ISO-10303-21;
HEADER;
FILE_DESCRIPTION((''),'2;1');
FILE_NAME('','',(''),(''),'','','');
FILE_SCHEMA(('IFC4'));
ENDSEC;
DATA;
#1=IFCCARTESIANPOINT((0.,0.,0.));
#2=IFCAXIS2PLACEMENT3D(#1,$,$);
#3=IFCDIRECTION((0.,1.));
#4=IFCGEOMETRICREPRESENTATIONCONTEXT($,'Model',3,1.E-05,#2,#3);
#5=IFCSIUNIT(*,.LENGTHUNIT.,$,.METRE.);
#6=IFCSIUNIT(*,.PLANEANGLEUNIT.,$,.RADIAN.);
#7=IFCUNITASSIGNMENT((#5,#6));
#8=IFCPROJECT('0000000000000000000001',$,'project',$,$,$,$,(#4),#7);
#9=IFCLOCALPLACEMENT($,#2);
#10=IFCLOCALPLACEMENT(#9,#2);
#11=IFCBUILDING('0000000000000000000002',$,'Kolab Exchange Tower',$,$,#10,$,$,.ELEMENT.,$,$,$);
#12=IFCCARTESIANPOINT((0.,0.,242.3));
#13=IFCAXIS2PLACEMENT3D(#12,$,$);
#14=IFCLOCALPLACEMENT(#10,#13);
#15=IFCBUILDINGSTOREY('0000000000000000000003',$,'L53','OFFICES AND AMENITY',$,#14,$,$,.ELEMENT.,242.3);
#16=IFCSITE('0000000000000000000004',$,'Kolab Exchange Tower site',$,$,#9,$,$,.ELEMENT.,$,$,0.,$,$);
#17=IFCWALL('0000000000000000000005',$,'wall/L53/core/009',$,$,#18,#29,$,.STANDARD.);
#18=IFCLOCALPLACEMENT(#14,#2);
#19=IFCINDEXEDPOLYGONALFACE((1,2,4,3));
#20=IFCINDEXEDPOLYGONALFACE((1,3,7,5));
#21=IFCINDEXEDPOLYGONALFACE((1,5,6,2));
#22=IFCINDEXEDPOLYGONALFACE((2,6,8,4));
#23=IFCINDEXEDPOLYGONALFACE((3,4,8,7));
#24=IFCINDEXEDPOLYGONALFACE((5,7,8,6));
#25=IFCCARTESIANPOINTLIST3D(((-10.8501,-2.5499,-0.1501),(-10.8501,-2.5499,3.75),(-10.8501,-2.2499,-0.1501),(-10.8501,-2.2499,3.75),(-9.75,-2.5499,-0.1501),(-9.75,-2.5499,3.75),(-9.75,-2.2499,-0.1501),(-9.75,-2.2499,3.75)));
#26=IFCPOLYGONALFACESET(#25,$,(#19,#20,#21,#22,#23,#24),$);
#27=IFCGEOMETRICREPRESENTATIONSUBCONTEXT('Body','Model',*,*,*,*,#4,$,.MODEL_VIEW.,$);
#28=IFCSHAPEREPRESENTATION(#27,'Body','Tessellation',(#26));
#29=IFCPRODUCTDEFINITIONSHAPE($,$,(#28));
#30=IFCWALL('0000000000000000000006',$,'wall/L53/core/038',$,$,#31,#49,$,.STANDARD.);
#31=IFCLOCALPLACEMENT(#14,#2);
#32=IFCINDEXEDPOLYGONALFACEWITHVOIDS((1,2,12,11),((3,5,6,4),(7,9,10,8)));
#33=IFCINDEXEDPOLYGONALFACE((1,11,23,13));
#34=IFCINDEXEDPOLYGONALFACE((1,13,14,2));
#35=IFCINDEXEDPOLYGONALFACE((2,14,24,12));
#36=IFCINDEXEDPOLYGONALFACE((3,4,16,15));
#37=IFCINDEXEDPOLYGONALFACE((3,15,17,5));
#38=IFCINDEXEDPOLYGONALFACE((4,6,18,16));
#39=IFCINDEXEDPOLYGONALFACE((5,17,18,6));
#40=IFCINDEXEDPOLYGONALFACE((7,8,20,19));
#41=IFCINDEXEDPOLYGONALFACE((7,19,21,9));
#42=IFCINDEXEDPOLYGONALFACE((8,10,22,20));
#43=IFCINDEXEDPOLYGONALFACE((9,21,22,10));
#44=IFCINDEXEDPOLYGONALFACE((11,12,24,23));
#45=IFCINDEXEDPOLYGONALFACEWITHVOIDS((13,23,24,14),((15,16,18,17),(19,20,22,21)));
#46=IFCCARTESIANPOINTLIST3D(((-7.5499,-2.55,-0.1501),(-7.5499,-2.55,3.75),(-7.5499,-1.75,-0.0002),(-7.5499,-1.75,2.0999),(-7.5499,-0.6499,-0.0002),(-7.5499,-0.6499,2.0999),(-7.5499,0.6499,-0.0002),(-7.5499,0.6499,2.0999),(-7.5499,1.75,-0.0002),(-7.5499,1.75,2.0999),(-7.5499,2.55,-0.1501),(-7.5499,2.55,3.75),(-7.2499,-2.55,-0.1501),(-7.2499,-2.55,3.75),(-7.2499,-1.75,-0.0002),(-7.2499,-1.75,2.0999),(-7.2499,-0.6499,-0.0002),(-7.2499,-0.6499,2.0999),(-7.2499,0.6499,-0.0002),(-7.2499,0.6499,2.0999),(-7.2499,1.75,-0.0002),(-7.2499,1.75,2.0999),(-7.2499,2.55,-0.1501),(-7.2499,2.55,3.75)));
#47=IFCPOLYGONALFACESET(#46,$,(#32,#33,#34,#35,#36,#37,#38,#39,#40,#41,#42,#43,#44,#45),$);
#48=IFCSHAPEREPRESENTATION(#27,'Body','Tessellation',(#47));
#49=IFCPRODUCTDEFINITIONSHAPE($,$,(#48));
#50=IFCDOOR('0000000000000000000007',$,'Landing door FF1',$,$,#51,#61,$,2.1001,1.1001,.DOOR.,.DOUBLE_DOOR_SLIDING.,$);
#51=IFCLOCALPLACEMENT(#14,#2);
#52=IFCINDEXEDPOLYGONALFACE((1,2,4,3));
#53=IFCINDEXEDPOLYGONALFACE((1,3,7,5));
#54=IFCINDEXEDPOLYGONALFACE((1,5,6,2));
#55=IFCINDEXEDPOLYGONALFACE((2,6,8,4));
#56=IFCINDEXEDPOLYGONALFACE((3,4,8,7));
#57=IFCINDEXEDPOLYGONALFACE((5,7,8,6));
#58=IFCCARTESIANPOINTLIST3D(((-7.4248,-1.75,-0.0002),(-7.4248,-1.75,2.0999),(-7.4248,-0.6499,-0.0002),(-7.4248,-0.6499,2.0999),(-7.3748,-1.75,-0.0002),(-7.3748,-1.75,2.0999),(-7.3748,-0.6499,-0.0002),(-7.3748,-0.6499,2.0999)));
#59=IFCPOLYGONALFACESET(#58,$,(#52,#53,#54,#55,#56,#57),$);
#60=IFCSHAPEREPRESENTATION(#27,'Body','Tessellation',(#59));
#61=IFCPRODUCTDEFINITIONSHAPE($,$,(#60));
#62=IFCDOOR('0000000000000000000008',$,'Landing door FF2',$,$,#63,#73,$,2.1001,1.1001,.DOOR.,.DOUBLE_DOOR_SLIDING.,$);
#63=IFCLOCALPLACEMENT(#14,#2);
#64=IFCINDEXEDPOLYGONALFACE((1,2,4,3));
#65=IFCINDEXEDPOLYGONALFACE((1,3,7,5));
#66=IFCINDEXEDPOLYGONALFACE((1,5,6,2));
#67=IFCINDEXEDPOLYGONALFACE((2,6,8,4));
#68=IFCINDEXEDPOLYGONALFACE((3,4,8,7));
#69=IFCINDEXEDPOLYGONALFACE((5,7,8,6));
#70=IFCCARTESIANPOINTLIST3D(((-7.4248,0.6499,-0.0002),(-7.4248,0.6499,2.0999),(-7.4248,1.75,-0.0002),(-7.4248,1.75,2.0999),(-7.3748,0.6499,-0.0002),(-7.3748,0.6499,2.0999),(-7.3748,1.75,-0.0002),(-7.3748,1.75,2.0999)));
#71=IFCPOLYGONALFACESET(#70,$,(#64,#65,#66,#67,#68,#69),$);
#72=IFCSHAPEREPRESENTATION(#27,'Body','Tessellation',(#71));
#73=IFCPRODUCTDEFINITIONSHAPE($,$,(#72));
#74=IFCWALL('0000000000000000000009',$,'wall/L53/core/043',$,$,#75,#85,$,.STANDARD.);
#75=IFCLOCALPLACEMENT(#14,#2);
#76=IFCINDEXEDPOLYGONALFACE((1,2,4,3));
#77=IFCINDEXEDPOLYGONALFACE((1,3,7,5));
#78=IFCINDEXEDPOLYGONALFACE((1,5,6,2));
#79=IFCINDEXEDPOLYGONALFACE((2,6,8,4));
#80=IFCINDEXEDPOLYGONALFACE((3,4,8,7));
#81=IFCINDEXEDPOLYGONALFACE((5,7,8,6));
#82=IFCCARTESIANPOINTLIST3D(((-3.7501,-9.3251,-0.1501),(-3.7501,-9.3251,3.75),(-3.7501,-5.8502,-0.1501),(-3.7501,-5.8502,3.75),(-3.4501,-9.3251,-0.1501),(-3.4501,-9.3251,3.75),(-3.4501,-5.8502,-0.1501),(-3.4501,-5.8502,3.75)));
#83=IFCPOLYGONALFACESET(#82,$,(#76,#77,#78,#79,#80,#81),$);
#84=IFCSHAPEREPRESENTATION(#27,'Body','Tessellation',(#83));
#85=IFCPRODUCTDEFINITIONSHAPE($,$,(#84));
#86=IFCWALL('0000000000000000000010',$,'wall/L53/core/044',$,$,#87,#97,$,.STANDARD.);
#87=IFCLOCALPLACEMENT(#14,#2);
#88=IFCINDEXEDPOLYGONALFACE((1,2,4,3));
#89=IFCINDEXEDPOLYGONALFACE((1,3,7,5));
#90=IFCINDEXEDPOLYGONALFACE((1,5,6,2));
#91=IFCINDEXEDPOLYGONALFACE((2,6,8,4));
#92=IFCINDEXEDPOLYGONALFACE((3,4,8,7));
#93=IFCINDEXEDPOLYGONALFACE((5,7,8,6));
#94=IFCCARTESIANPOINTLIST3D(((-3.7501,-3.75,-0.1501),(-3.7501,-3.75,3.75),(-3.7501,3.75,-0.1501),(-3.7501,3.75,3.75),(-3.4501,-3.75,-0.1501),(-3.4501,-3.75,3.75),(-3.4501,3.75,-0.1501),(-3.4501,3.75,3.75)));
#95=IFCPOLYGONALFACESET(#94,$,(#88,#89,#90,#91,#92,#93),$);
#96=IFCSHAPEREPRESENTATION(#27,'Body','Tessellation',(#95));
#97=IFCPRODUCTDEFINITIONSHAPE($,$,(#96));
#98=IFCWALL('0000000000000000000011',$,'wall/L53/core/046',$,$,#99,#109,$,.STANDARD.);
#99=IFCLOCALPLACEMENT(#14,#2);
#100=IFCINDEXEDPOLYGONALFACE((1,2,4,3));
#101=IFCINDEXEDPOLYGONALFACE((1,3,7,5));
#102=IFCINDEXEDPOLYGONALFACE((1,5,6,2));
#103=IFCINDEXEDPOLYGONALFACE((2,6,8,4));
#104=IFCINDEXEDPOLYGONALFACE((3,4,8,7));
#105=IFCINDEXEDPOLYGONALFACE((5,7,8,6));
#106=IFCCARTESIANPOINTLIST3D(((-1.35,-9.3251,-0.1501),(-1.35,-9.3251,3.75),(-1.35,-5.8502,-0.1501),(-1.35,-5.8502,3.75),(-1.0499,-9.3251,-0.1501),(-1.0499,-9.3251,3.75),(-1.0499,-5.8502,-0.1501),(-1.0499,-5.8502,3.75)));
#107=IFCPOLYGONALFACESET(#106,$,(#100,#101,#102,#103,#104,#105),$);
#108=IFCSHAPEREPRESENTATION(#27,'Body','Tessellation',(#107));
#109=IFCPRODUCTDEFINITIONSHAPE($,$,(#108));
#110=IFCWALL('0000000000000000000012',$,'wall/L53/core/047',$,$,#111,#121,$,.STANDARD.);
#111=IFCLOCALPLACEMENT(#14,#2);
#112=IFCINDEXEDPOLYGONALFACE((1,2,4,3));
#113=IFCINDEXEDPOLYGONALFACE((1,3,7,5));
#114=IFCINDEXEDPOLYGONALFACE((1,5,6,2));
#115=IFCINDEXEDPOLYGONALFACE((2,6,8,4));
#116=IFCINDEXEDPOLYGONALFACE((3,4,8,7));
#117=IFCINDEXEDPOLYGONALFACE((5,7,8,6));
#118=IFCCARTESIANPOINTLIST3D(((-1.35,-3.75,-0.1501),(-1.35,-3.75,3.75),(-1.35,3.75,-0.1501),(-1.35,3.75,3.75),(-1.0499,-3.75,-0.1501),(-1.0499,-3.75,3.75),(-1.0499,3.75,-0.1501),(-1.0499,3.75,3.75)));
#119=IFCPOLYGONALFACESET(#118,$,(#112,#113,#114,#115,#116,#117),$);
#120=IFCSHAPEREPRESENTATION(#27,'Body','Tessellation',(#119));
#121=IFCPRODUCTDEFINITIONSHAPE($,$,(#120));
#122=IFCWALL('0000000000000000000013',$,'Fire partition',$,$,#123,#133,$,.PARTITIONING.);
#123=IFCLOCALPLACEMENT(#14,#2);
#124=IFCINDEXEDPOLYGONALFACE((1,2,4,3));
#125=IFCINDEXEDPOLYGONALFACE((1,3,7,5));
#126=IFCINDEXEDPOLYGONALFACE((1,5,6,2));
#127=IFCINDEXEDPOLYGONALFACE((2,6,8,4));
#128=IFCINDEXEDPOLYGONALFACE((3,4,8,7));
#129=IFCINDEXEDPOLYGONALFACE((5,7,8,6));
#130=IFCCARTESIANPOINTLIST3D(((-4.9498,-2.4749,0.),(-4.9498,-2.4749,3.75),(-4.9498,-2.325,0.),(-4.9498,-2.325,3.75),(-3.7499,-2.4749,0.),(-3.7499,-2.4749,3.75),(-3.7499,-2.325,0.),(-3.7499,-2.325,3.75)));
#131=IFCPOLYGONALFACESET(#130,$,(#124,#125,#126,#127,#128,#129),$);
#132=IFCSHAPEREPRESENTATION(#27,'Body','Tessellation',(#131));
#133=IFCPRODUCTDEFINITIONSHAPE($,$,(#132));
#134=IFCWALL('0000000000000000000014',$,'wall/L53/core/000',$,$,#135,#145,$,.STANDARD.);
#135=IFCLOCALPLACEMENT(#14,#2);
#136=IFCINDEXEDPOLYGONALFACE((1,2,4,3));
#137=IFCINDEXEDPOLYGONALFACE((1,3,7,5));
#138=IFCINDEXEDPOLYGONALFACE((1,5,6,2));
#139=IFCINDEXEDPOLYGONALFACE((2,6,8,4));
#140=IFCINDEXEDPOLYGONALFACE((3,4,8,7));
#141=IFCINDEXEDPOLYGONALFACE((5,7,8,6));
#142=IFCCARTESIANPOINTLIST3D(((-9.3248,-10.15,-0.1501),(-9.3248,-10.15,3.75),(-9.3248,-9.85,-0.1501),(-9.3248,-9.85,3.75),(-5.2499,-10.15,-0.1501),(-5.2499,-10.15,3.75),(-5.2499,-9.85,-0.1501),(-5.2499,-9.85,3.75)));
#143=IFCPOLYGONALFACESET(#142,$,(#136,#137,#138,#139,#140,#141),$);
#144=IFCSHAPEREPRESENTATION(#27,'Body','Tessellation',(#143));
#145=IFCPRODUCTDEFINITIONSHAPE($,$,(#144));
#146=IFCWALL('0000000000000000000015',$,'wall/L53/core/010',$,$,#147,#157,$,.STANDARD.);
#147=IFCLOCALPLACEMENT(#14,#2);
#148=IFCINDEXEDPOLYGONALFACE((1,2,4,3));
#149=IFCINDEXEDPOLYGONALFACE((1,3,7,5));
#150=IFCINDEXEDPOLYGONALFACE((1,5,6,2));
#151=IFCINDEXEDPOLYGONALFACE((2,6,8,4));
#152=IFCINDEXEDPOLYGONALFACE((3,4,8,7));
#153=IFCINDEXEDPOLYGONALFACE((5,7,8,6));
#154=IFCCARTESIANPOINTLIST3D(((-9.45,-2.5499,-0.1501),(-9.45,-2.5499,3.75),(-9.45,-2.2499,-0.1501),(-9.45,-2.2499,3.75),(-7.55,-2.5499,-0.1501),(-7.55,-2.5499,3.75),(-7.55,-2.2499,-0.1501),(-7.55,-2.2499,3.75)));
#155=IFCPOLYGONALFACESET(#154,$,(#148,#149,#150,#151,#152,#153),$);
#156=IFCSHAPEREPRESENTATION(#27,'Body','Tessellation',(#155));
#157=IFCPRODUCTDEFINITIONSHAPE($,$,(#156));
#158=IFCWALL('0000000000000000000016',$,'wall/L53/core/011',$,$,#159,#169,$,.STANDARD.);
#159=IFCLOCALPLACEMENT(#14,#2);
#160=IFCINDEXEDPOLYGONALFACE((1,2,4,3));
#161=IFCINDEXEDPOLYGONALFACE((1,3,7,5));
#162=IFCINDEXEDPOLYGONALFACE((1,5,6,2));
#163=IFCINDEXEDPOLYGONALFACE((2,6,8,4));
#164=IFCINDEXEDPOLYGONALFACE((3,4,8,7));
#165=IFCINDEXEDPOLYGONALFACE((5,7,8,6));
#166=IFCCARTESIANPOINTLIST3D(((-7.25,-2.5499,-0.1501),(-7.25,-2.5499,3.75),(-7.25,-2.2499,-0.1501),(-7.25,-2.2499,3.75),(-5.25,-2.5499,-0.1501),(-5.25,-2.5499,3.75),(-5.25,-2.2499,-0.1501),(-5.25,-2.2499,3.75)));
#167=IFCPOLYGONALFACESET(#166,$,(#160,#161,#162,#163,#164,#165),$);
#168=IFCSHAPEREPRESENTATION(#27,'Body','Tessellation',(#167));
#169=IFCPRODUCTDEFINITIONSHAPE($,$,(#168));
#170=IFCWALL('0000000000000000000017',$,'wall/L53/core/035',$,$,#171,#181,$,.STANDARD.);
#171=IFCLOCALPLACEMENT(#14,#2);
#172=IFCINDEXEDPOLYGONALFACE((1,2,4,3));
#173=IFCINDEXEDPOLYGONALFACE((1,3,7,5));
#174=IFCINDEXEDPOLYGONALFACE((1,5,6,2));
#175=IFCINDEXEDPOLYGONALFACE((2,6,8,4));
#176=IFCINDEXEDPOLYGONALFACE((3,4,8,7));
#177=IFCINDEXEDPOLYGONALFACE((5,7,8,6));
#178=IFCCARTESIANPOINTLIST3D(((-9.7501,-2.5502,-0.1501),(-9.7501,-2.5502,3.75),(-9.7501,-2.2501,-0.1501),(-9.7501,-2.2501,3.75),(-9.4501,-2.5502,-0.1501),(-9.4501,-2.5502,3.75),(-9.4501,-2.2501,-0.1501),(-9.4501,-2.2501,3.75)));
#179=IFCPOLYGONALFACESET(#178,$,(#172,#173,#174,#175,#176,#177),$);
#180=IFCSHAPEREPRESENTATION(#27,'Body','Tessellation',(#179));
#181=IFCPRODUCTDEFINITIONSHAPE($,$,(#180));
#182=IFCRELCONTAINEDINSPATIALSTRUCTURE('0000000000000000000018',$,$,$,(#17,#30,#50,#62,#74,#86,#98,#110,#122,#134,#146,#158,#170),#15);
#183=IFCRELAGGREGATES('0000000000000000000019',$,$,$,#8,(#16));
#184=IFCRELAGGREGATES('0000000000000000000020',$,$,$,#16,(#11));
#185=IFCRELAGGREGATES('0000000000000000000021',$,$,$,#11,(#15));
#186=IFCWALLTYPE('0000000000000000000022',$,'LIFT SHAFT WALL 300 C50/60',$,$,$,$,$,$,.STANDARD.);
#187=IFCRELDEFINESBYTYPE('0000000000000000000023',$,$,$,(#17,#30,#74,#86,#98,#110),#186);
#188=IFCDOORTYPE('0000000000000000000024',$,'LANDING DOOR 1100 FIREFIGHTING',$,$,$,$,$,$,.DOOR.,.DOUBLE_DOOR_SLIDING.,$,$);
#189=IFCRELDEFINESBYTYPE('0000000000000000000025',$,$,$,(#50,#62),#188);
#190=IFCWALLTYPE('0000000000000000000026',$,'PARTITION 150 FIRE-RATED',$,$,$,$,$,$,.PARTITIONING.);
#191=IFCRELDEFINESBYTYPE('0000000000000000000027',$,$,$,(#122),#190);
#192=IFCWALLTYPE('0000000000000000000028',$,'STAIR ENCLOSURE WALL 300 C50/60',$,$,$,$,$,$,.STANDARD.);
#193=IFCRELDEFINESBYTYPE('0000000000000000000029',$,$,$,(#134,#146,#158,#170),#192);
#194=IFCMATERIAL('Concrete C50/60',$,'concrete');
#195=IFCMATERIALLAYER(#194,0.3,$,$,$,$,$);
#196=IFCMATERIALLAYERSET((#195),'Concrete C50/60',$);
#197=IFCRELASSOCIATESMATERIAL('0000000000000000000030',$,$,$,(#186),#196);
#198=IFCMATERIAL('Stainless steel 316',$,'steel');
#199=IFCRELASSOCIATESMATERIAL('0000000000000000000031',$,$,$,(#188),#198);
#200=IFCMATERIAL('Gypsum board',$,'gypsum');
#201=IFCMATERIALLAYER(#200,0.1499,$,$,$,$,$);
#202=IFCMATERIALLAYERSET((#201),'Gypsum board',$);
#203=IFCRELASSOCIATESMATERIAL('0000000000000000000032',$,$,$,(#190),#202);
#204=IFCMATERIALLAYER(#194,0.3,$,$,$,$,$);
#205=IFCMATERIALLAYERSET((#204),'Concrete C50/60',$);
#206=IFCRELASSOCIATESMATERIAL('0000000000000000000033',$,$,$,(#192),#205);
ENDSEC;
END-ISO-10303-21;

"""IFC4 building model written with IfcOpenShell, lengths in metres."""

from ifc_helpers import new_model, si_unit, direction, frame, frame_2d, origin, place, context, subcontext, project, spatial, rectangle, extrude, material, layer, layer_set, type_object, element, fill, save


model = new_model("IFC4")

# Units and contexts
model_context = context("Model", 3, precision=1e-05, world=origin(), true_north=direction((0.0, 1.0)))
body_context = subcontext(model_context, "Body", "Model", "MODEL_VIEW")
ifc_project = project(units=[si_unit("LENGTHUNIT", "METRE"), si_unit("PLANEANGLEUNIT", "RADIAN")], contexts=[model_context])

# Site, building, storey
site_placement = place(None, origin())
site = spatial("IfcSite", under=ifc_project, at=site_placement, Name="Kolab Exchange Tower site", CompositionType="ELEMENT", RefElevation=0.0)
building_placement = place(site_placement, origin())
building = spatial("IfcBuilding", under=site, at=building_placement, Name="Kolab Exchange Tower", CompositionType="ELEMENT")
storey_placement = place(building_placement, frame((0.0, 0.0, 242.3)))
storey = spatial("IfcBuildingStorey", under=building, at=storey_placement, Name="L53", Description="OFFICES AND AMENITY", CompositionType="ELEMENT", Elevation=242.3)

# Shared definitions
ifc_material_1 = material(Name="Concrete C50/60", Category="concrete")

# Shared definitions
ifc_layer_1 = layer(ifc_material_1, 0.3)
ifc_layer_set_1 = layer_set([ifc_layer_1], Name="Concrete C50/60")
wall_type_1 = type_object("IfcWallType", Name="LIFT SHAFT WALL 300 C50/60", PredefinedType="STANDARD", material=ifc_layer_set_1)
ifc_material_2 = material(Name="Stainless steel 316", Category="steel")

# Wall
wall_1_placement = place(storey_placement, frame((-10.8501, -2.3999, -0.1501), z_axis=(0.0, 0.0, 1.0), x_axis=(1.0, 0.0, 0.0)))
element("IfcWall", 1, at=wall_1_placement, inside=storey, type_object=wall_type_1, Name="wall/L53/core/009", PredefinedType="STANDARD", context=body_context, shape_type="SweptSolid", body=[
    extrude(rectangle(XDim=1.1001, YDim=0.3, at=frame_2d((0.55, 0.0))), origin(), (0.0, 0.0, 1.0), 3.9001),
])

# Wall, openings, doors
wall_2_placement = place(storey_placement, frame((-7.3999, -2.55, -0.1501), z_axis=(0.0, 0.0, 1.0), x_axis=(0.0, 1.0, 0.0)))
wall_2 = element("IfcWall", 2, at=wall_2_placement, inside=storey, type_object=wall_type_1, Name="wall/L53/core/038", PredefinedType="STANDARD", context=body_context, shape_type="SweptSolid", body=[
    extrude(rectangle(XDim=5.1001, YDim=0.3, at=frame_2d((2.55, 0.0))), origin(), (0.0, 0.0, 1.0), 3.9001),
])
opening_1_placement = place(wall_2_placement, frame((0.8, 0.0, 0.1499)))
opening_1 = element("IfcOpeningElement", 3, at=opening_1_placement, cuts=wall_2, PredefinedType="OPENING", context=body_context, shape_type="SweptSolid", body=[
    extrude(rectangle(XDim=1.1001, YDim=2.1001, at=frame_2d((0.55, 1.05))), frame((0.0, 0.1602, 0.0), z_axis=(0.0, -1.0, 0.0), x_axis=(1.0, 0.0, 0.0)), (0.0, 0.0, 1.0), 0.3201),
])
opening_2_placement = place(wall_2_placement, frame((3.2, 0.0, 0.1499)))
opening_2 = element("IfcOpeningElement", 4, at=opening_2_placement, cuts=wall_2, PredefinedType="OPENING", context=body_context, shape_type="SweptSolid", body=[
    extrude(rectangle(XDim=1.1001, YDim=2.1001, at=frame_2d((0.55, 1.05))), frame((0.0, 0.1602, 0.0), z_axis=(0.0, -1.0, 0.0), x_axis=(1.0, 0.0, 0.0)), (0.0, 0.0, 1.0), 0.3201),
])
door_type_1 = type_object("IfcDoorType", Name="LANDING DOOR 1100 FIREFIGHTING", OperationType="DOUBLE_DOOR_SLIDING", PredefinedType="DOOR", material=ifc_material_2)
door_1_placement = place(opening_1_placement, origin())
door_1 = element("IfcDoor", 5, at=door_1_placement, inside=storey, type_object=door_type_1, Name="Landing door FF1", OperationType="DOUBLE_DOOR_SLIDING", OverallHeight=2.1001, OverallWidth=1.1001, PredefinedType="DOOR", context=body_context, shape_type="SweptSolid", body=[
    extrude(rectangle(XDim=1.1001, YDim=2.1001, at=frame_2d((0.55, 1.05))), frame((0.0, 0.0249, 0.0), z_axis=(0.0, -1.0, 0.0), x_axis=(1.0, 0.0, 0.0)), (0.0, 0.0, 1.0), 0.05),
])
fill(opening_1, door_1)
door_2_placement = place(opening_2_placement, origin())
door_2 = element("IfcDoor", 6, at=door_2_placement, inside=storey, type_object=door_type_1, Name="Landing door FF2", OperationType="DOUBLE_DOOR_SLIDING", OverallHeight=2.1001, OverallWidth=1.1001, PredefinedType="DOOR", context=body_context, shape_type="SweptSolid", body=[
    extrude(rectangle(XDim=1.1001, YDim=2.1001, at=frame_2d((0.55, 1.05))), frame((0.0, 0.0249, 0.0), z_axis=(0.0, -1.0, 0.0), x_axis=(1.0, 0.0, 0.0)), (0.0, 0.0, 1.0), 0.05),
])
fill(opening_2, door_2)

# Walls
wall_3_placement = place(storey_placement, frame((-3.6001, -9.325, -0.1501), z_axis=(0.0, 0.0, 1.0), x_axis=(0.0, 1.0, 0.0)))
element("IfcWall", 7, at=wall_3_placement, inside=storey, type_object=wall_type_1, Name="wall/L53/core/043", PredefinedType="STANDARD", context=body_context, shape_type="SweptSolid", body=[
    extrude(rectangle(XDim=3.4749, YDim=0.3, at=frame_2d((1.7373, 0.0))), origin(), (0.0, 0.0, 1.0), 3.9001),
])
wall_4_placement = place(storey_placement, frame((-3.6001, -3.75, -0.1501), z_axis=(0.0, 0.0, 1.0), x_axis=(0.0, 1.0, 0.0)))
element("IfcWall", 8, at=wall_4_placement, inside=storey, type_object=wall_type_1, Name="wall/L53/core/044", PredefinedType="STANDARD", context=body_context, shape_type="SweptSolid", body=[
    extrude(rectangle(XDim=7.5, YDim=0.3, at=frame_2d((3.75, 0.0))), origin(), (0.0, 0.0, 1.0), 3.9001),
])
wall_5_placement = place(storey_placement, frame((-1.2, -9.325, -0.1501), z_axis=(0.0, 0.0, 1.0), x_axis=(0.0, 1.0, 0.0)))
element("IfcWall", 9, at=wall_5_placement, inside=storey, type_object=wall_type_1, Name="wall/L53/core/046", PredefinedType="STANDARD", context=body_context, shape_type="SweptSolid", body=[
    extrude(rectangle(XDim=3.4749, YDim=0.3, at=frame_2d((1.7373, 0.0))), origin(), (0.0, 0.0, 1.0), 3.9001),
])
wall_6_placement = place(storey_placement, frame((-1.2, -3.75, -0.1501), z_axis=(0.0, 0.0, 1.0), x_axis=(0.0, 1.0, 0.0)))
element("IfcWall", 10, at=wall_6_placement, inside=storey, type_object=wall_type_1, Name="wall/L53/core/047", PredefinedType="STANDARD", context=body_context, shape_type="SweptSolid", body=[
    extrude(rectangle(XDim=7.5, YDim=0.3, at=frame_2d((3.75, 0.0))), origin(), (0.0, 0.0, 1.0), 3.9001),
])
ifc_material_3 = material(Name="Gypsum board", Category="gypsum")
ifc_layer_2 = layer(ifc_material_3, 0.1499)
ifc_layer_set_2 = layer_set([ifc_layer_2], Name="Gypsum board")
wall_type_2 = type_object("IfcWallType", Name="PARTITION 150 FIRE-RATED", PredefinedType="PARTITIONING", material=ifc_layer_set_2)
wall_7_placement = place(storey_placement, frame((-4.95, -2.3999, 0.0), z_axis=(0.0, 0.0, 1.0), x_axis=(1.0, 0.0, 0.0)))
element("IfcWall", 11, at=wall_7_placement, inside=storey, type_object=wall_type_2, Name="Fire partition", PredefinedType="PARTITIONING", context=body_context, shape_type="SweptSolid", body=[
    extrude(rectangle(XDim=1.2, YDim=0.1499, at=frame_2d((0.6001, 0.0))), origin(), (0.0, 0.0, 1.0), 3.75),
])
ifc_layer_3 = layer(ifc_material_1, 0.3)
ifc_layer_set_3 = layer_set([ifc_layer_3], Name="Concrete C50/60")
wall_type_3 = type_object("IfcWallType", Name="STAIR ENCLOSURE WALL 300 C50/60", PredefinedType="STANDARD", material=ifc_layer_set_3)
wall_8_placement = place(storey_placement, frame((-9.325, -10.0, -0.1501), z_axis=(0.0, 0.0, 1.0), x_axis=(1.0, 0.0, 0.0)))
element("IfcWall", 12, at=wall_8_placement, inside=storey, type_object=wall_type_3, Name="wall/L53/core/000", PredefinedType="STANDARD", context=body_context, shape_type="SweptSolid", body=[
    extrude(rectangle(XDim=4.075, YDim=0.3, at=frame_2d((2.0376, 0.0))), origin(), (0.0, 0.0, 1.0), 3.9001),
])
wall_9_placement = place(storey_placement, frame((-9.45, -2.3999, -0.1501), z_axis=(0.0, 0.0, 1.0), x_axis=(1.0, 0.0, 0.0)))
element("IfcWall", 13, at=wall_9_placement, inside=storey, type_object=wall_type_3, Name="wall/L53/core/010", PredefinedType="STANDARD", context=body_context, shape_type="SweptSolid", body=[
    extrude(rectangle(XDim=1.8999, YDim=0.3, at=frame_2d((0.95, 0.0))), origin(), (0.0, 0.0, 1.0), 3.9001),
])
wall_10_placement = place(storey_placement, frame((-7.25, -2.3999, -0.1501), z_axis=(0.0, 0.0, 1.0), x_axis=(1.0, 0.0, 0.0)))
element("IfcWall", 14, at=wall_10_placement, inside=storey, type_object=wall_type_3, Name="wall/L53/core/011", PredefinedType="STANDARD", context=body_context, shape_type="SweptSolid", body=[
    extrude(rectangle(XDim=2.0, YDim=0.3, at=frame_2d((1.0, 0.0))), origin(), (0.0, 0.0, 1.0), 3.9001),
])
wall_11_placement = place(storey_placement, frame((-9.6001, -2.55, -0.1501), z_axis=(0.0, 0.0, 1.0), x_axis=(0.0, 1.0, 0.0)))
element("IfcWall", 15, at=wall_11_placement, inside=storey, type_object=wall_type_3, Name="wall/L53/core/035", PredefinedType="STANDARD", context=body_context, shape_type="SweptSolid", body=[
    extrude(rectangle(XDim=0.3, YDim=0.3, at=frame_2d((0.1499, 0.0))), origin(), (0.0, 0.0, 1.0), 3.9001),
])

save(model, "model.ifc")
